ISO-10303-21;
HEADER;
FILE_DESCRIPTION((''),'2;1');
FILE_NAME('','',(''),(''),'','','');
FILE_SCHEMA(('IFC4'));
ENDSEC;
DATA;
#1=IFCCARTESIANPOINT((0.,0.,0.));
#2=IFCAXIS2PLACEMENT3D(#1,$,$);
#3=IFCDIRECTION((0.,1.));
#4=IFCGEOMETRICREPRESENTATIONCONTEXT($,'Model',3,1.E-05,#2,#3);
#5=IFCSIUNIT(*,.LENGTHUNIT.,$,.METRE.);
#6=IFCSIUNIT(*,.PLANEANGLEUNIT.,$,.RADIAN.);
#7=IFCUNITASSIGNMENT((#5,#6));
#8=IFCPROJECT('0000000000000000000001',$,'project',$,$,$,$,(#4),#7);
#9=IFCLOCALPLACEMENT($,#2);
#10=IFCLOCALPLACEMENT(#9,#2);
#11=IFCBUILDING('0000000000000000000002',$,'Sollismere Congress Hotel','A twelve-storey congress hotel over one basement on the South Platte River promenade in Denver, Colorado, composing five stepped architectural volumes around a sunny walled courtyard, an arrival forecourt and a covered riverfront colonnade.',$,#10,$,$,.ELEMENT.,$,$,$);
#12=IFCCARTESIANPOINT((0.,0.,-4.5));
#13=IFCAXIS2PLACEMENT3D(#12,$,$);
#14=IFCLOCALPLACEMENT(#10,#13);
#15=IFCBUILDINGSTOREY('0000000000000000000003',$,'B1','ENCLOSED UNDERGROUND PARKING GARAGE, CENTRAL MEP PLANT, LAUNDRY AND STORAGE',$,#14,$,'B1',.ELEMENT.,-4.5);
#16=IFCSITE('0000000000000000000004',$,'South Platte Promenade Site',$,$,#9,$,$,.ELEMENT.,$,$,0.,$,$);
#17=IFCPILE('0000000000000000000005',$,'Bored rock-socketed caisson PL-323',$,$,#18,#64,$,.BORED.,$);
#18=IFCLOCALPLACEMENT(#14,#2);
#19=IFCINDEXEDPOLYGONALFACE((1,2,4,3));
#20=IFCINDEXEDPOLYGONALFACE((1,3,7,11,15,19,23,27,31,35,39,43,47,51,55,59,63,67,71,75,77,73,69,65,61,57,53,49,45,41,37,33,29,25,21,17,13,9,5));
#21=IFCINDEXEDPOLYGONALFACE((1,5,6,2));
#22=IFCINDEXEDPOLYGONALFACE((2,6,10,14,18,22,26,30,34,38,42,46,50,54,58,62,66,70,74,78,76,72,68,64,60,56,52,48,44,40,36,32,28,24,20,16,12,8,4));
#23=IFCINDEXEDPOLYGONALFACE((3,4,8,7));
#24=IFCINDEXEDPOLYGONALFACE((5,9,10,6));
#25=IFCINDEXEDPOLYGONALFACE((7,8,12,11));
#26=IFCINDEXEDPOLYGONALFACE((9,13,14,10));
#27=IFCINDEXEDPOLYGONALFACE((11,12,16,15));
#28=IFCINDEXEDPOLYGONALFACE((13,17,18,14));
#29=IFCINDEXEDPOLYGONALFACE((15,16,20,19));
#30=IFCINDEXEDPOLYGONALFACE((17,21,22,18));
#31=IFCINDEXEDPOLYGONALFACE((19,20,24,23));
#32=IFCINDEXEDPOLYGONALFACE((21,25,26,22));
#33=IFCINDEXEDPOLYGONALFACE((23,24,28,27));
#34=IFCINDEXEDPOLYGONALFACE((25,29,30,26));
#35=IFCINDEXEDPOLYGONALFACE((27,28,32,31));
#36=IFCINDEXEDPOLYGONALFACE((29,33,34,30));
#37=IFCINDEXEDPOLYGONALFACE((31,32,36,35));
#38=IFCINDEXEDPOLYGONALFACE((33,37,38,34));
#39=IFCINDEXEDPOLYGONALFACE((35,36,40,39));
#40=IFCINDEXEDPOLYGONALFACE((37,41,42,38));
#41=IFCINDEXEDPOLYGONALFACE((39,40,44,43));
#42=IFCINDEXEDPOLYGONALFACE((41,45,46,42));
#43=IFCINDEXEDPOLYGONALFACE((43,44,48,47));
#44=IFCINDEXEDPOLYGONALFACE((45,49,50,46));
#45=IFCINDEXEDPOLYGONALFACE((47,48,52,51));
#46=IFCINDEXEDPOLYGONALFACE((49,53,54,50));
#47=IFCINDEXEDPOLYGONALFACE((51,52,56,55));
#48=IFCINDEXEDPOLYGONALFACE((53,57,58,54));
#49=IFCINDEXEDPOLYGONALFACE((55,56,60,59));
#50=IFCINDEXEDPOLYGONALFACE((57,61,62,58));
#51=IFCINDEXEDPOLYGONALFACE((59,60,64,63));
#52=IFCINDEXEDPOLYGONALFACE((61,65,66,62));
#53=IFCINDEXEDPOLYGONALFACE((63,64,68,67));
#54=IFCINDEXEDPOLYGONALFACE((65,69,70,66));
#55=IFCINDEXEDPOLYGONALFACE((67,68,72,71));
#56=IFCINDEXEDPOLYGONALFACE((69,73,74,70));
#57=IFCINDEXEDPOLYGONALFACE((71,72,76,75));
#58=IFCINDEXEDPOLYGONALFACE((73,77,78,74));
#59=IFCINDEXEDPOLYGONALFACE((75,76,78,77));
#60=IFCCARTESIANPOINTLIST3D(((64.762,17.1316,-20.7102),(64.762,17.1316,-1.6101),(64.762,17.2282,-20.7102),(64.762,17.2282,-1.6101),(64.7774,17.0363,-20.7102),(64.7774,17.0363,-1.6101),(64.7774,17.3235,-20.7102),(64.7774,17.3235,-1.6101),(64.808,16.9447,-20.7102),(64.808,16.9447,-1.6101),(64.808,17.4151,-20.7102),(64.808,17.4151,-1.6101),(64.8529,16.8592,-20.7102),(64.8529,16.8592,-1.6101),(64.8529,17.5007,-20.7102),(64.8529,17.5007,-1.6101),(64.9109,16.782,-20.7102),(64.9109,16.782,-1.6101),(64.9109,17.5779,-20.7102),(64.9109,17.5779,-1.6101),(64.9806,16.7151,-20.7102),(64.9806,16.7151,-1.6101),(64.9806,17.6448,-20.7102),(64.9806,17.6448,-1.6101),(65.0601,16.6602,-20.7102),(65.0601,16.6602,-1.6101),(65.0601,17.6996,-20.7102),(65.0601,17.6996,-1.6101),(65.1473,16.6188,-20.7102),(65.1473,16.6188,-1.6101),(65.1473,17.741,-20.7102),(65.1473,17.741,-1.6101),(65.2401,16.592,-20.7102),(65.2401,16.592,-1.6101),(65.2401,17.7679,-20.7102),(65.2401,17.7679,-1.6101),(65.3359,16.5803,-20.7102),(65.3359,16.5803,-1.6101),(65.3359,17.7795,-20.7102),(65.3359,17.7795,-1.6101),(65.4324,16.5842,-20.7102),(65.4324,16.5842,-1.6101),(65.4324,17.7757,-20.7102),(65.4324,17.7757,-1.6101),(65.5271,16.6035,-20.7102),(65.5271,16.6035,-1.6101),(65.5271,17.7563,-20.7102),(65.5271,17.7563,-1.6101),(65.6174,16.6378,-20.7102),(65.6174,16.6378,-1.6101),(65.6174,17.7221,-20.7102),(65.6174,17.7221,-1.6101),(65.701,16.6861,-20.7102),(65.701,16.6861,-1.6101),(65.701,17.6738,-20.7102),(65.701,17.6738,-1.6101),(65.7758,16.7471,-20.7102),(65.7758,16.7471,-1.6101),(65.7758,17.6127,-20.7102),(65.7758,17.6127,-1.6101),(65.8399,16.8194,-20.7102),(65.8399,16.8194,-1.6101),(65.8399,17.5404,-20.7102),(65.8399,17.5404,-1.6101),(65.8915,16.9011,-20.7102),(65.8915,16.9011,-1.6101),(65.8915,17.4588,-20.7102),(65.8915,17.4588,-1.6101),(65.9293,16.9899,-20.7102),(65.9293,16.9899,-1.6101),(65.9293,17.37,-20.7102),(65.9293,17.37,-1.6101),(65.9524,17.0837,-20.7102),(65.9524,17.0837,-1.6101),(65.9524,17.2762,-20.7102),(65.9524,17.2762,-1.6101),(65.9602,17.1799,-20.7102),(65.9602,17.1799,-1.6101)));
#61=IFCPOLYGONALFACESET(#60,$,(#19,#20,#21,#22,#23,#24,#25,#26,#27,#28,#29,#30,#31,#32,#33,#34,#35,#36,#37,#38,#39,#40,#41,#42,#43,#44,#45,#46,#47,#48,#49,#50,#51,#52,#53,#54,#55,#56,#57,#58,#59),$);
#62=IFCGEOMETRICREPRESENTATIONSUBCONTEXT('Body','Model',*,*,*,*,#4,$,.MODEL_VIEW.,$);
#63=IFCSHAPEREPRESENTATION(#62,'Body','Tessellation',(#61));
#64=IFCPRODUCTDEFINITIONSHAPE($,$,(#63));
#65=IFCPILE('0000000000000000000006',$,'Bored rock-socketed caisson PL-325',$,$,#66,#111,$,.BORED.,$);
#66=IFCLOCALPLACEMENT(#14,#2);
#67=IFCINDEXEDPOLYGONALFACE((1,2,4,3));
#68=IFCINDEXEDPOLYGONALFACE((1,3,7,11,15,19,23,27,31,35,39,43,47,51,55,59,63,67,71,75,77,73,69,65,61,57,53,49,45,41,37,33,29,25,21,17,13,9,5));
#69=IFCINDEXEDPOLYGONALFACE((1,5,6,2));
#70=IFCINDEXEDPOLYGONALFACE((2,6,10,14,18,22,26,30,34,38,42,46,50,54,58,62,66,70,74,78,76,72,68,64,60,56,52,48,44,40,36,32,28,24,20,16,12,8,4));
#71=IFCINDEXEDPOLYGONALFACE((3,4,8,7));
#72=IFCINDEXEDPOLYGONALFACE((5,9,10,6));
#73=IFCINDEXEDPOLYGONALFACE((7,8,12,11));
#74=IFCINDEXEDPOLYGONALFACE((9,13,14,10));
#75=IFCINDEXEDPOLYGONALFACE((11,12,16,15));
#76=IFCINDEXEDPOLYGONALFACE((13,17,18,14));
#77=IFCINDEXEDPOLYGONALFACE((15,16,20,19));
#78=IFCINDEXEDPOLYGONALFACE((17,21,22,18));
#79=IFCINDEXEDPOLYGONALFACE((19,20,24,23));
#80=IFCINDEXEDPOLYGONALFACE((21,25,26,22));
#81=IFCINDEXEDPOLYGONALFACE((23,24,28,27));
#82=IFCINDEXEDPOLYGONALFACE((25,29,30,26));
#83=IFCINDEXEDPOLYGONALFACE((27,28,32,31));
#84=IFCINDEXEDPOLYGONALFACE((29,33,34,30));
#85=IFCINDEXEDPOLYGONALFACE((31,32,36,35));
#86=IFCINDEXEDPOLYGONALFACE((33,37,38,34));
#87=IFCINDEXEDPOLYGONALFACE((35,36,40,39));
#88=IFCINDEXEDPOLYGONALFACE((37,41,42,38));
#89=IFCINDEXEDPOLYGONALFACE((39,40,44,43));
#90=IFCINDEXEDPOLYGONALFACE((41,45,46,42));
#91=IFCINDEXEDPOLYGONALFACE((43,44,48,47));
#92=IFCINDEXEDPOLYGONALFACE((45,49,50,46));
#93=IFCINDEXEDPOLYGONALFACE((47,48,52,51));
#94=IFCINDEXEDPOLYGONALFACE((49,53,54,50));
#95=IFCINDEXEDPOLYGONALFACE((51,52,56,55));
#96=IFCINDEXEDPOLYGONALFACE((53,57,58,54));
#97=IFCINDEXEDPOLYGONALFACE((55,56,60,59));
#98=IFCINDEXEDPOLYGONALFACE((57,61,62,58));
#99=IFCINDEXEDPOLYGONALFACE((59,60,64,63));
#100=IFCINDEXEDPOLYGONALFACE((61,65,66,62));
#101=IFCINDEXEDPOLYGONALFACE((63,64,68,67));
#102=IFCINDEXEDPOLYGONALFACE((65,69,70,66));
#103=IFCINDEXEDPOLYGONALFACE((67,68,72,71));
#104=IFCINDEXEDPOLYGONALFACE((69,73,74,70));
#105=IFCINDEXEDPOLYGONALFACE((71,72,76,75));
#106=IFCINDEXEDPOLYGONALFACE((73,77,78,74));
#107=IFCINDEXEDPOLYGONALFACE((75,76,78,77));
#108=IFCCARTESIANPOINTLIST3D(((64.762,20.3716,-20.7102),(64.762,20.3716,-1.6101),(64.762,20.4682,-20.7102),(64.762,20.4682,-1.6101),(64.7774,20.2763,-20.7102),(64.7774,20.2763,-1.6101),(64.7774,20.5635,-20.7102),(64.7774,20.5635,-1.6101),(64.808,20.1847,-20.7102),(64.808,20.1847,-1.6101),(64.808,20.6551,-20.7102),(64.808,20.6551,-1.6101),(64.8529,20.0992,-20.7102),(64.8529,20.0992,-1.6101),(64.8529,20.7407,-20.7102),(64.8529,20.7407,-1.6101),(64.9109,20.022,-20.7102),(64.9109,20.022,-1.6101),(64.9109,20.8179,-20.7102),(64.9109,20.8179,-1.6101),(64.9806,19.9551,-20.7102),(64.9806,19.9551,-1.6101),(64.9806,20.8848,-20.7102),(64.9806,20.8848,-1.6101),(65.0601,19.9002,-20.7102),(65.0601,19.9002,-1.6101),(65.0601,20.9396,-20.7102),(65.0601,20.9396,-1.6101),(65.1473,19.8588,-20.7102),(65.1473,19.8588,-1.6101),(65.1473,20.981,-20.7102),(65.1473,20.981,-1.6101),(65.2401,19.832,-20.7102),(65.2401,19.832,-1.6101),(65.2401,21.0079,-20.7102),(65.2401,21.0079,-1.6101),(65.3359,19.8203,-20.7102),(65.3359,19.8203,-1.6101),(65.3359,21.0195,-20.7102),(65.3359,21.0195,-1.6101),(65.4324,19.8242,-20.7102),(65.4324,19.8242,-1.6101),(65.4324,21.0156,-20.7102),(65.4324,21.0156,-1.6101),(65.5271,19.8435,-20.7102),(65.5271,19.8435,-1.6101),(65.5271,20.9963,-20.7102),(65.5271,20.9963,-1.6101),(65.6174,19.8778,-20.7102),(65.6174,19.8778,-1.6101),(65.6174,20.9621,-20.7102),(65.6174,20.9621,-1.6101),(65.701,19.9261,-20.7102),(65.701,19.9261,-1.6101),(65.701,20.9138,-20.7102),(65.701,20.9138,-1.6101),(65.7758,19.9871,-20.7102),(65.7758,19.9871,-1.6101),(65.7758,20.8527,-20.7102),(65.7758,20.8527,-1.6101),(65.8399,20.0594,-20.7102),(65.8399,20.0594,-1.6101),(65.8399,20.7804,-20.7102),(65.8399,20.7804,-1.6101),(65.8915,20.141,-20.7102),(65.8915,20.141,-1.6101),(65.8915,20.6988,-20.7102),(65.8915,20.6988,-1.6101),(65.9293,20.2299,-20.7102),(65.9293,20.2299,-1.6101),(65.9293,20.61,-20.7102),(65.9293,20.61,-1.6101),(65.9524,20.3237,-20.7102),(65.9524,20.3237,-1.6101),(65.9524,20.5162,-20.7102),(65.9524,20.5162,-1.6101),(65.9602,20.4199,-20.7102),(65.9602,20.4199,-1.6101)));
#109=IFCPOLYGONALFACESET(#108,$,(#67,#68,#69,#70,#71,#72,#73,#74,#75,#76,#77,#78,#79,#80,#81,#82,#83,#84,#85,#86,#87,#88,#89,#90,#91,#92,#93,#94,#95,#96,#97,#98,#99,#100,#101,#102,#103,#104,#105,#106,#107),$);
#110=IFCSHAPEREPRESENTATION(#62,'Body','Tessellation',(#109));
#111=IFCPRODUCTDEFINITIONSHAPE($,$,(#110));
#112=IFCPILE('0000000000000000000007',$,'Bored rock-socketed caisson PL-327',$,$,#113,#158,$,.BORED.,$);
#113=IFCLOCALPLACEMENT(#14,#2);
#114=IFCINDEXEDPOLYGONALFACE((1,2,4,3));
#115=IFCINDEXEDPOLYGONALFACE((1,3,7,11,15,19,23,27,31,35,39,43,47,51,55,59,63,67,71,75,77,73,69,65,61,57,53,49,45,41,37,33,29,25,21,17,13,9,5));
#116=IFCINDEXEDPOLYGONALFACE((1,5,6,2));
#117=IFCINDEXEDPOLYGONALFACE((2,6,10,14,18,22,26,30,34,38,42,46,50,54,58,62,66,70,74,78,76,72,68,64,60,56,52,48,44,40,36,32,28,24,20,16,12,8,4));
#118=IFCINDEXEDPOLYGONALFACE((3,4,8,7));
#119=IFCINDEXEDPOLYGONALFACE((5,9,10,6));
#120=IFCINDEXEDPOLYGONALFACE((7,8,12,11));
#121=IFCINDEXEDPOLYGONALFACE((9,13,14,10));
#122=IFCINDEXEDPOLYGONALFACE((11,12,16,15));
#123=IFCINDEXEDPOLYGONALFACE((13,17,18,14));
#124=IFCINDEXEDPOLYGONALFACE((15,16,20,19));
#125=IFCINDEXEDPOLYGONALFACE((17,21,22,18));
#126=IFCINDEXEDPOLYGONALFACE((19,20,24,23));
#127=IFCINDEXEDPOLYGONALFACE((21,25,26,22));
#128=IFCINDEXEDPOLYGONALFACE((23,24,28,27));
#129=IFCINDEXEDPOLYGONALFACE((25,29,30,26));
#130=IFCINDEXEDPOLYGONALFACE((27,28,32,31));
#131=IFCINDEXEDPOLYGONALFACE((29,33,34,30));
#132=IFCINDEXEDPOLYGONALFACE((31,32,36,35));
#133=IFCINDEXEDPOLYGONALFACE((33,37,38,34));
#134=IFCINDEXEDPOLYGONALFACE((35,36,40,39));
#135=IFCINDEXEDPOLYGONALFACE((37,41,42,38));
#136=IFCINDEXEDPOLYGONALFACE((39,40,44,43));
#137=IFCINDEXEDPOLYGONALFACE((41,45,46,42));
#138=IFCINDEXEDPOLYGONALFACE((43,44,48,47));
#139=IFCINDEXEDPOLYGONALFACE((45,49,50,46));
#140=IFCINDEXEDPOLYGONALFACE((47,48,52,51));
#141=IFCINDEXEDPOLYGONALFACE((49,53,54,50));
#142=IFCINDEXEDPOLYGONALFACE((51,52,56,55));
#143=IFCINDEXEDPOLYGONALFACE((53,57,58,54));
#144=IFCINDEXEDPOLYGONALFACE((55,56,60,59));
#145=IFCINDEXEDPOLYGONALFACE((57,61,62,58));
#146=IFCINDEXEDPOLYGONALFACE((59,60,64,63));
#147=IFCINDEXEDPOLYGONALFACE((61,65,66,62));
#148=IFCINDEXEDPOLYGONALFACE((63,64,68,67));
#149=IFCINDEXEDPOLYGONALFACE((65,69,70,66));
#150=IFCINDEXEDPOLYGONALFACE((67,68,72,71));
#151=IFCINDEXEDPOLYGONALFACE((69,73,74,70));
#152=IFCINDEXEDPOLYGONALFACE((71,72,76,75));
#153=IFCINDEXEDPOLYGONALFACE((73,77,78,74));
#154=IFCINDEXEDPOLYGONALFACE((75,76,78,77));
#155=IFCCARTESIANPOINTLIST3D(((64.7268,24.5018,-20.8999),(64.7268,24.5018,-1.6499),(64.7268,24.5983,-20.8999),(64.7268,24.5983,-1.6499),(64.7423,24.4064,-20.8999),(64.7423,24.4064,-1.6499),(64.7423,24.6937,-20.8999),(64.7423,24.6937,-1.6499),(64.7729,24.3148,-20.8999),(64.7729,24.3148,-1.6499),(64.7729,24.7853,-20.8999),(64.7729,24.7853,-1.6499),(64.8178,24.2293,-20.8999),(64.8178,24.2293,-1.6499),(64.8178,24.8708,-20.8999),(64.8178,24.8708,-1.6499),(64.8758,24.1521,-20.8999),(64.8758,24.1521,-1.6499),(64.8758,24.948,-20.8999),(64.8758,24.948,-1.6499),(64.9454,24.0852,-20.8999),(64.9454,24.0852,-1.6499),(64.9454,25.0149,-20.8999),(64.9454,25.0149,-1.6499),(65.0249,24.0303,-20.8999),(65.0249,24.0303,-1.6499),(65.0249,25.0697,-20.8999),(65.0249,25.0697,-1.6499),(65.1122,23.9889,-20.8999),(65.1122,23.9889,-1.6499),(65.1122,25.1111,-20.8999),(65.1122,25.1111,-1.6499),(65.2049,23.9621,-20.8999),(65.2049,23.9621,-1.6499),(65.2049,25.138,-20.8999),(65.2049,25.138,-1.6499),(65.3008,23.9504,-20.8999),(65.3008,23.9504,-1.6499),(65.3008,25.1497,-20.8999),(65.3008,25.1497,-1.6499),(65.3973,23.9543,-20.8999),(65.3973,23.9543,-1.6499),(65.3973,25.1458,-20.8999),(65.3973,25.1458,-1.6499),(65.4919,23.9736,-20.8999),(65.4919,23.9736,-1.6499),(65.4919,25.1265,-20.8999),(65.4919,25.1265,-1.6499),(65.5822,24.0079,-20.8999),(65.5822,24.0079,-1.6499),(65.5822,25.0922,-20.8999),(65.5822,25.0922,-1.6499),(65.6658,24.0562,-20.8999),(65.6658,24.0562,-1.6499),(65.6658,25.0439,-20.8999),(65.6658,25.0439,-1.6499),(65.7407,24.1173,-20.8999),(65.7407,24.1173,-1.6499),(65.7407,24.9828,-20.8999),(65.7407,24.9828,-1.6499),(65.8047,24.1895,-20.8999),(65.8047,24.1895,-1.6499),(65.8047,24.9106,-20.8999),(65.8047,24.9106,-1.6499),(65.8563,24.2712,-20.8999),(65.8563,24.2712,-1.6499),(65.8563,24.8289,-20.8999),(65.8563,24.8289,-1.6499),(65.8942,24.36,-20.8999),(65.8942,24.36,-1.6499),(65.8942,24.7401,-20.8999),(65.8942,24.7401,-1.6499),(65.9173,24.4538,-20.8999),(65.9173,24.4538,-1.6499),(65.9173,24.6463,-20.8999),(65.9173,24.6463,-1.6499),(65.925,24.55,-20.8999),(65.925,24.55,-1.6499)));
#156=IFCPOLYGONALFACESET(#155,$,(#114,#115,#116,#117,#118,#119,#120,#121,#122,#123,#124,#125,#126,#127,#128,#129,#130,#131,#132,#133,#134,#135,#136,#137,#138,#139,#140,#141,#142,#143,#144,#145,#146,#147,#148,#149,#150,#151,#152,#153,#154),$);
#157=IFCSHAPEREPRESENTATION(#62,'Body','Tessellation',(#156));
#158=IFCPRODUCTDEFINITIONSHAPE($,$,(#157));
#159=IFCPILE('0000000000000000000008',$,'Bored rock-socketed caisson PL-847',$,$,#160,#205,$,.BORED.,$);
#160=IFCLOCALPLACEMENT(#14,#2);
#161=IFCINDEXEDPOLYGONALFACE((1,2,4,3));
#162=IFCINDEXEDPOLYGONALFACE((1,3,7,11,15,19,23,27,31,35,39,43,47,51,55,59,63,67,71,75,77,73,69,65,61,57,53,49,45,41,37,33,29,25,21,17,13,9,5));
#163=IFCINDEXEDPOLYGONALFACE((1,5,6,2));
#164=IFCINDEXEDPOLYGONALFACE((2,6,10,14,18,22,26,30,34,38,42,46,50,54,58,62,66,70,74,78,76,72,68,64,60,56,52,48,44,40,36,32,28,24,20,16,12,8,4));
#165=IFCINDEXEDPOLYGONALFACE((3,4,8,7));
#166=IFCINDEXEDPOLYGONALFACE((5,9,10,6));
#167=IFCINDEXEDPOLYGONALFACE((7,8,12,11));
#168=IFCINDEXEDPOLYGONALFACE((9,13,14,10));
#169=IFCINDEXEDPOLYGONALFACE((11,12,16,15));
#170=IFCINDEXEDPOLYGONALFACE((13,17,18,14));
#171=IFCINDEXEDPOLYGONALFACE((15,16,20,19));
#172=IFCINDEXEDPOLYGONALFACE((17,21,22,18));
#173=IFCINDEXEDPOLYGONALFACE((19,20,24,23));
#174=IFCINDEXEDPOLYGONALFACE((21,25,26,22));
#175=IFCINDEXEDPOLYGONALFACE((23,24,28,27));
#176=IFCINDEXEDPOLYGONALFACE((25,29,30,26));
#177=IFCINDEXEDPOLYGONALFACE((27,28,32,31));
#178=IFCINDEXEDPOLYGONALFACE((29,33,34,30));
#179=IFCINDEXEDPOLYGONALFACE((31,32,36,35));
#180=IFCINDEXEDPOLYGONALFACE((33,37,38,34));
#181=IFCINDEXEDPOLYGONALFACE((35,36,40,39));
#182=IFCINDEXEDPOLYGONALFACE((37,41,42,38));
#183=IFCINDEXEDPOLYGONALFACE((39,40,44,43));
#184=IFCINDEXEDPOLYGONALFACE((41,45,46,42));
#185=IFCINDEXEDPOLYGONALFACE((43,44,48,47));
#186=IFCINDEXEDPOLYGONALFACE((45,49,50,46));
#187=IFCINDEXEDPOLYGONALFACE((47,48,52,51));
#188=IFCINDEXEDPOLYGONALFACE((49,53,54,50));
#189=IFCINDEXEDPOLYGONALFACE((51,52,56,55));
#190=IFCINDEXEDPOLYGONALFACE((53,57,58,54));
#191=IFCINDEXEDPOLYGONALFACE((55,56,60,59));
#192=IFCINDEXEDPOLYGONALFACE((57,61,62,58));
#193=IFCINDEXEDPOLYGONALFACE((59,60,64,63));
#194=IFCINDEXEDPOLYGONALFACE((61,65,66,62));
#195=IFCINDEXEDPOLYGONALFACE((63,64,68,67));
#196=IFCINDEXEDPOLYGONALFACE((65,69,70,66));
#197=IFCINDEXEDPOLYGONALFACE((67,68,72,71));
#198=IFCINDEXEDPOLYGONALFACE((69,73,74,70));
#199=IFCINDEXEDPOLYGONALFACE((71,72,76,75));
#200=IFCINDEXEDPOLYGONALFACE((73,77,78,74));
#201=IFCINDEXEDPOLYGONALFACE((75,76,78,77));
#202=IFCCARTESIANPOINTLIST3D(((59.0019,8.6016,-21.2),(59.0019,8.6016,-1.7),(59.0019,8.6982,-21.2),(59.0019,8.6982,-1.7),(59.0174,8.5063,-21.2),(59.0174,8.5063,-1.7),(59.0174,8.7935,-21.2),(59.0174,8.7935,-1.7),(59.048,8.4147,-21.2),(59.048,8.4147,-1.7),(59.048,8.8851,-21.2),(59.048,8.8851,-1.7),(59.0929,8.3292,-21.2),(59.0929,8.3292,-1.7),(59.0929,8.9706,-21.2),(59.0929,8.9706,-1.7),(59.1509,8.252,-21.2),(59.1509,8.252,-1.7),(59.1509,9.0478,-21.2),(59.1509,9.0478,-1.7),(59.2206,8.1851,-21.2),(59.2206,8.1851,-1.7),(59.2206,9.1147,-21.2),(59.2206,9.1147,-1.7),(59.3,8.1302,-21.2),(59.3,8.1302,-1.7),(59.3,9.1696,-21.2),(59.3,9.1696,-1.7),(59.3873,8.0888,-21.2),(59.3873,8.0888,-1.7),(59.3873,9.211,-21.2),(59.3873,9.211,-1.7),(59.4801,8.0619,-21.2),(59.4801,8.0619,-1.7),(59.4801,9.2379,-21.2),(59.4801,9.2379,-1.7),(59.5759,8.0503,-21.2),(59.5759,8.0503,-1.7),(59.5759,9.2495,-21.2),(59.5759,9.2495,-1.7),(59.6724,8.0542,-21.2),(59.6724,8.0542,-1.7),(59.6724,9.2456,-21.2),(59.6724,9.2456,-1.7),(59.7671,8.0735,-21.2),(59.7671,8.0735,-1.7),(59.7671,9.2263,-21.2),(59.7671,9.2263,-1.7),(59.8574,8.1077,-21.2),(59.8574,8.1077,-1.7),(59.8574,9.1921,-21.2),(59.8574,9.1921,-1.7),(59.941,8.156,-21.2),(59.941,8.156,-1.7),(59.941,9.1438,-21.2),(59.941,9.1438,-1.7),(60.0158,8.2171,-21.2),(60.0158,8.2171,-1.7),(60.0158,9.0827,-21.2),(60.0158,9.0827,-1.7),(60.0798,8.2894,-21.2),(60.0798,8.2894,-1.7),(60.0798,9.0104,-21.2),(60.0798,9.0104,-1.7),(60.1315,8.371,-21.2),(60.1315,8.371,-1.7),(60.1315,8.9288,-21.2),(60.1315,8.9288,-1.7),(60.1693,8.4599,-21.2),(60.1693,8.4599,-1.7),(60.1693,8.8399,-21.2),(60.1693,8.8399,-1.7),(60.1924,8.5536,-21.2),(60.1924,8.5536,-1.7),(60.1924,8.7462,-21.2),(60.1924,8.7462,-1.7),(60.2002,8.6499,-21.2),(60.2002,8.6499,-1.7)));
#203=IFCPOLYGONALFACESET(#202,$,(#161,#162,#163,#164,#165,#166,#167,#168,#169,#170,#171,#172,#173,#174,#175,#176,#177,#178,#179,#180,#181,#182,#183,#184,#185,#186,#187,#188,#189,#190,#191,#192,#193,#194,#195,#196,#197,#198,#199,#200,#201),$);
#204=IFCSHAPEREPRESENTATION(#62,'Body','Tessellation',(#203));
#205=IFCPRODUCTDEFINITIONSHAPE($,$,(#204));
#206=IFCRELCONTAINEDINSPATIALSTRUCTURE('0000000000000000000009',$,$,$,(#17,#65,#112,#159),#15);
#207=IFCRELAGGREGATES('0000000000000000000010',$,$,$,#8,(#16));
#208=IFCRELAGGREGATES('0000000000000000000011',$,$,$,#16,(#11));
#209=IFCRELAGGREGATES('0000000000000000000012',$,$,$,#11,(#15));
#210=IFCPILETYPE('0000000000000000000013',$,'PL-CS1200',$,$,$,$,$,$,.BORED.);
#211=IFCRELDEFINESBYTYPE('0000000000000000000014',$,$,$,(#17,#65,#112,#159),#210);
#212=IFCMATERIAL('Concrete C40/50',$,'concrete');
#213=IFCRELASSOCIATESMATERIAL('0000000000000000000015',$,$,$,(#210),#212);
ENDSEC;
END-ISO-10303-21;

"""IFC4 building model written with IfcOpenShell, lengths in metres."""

from ifc_helpers import new_model, si_unit, direction, frame, origin, origin_2d, place, context, subcontext, project, spatial, circle, extrude, material, material_profile, profile_set, type_object, element, save


model = new_model("IFC4")

# Units and contexts
model_context = context("Model", 3, precision=1e-05, world=origin(), true_north=direction((0.0, 1.0)))
body_context = subcontext(model_context, "Body", "Model", "MODEL_VIEW")
ifc_project = project(units=[si_unit("LENGTHUNIT", "METRE"), si_unit("PLANEANGLEUNIT", "RADIAN")], contexts=[model_context])

# Site, building, storey
site_placement = place(None, origin())
site = spatial("IfcSite", under=ifc_project, at=site_placement, Name="South Platte Promenade Site", CompositionType="ELEMENT", RefElevation=0.0)
building_placement = place(site_placement, origin())
building = spatial("IfcBuilding", under=site, at=building_placement, Name="Sollismere Congress Hotel", Description="A twelve-storey congress hotel over one basement on the South Platte River promenade in Denver, Colorado, composing five stepped architectural volumes around a sunny walled courtyard, an arrival forecourt and a covered riverfront colonnade.", CompositionType="ELEMENT")
storey_placement = place(building_placement, frame((0.0, 0.0, -4.5)))
storey = spatial("IfcBuildingStorey", under=building, at=storey_placement, Name="B1", Description="ENCLOSED UNDERGROUND PARKING GARAGE, CENTRAL MEP PLANT, LAUNDRY AND STORAGE", LongName="B1", CompositionType="ELEMENT", Elevation=-4.5)

# Shared definitions
ifc_material_1 = material(Name="Concrete C40/50", Category="concrete")

# Piles
ifc_material_profile_1 = material_profile(ifc_material_1, circle(Radius=0.6001, at=origin_2d()), Name="CAISSON1200")
ifc_profile_set_1 = profile_set([ifc_material_profile_1], Name="Concrete C40/50")
pile_type = type_object("IfcPileType", Name="PL-CS1200", PredefinedType="BORED", material=ifc_profile_set_1)
for number, where, z_axis, x_axis, name in (
    (1, (65.3601, 17.1799, -1.6101), (0.0, 0.0, -1.0), (1.0, 0.0, 0.0), "Bored rock-socketed caisson PL-323"),
    (2, (65.3601, 20.4199, -1.6101), (0.0, 0.0, -1.0), (1.0, 0.0, 0.0), "Bored rock-socketed caisson PL-325"),
):
    element("IfcPile", number, at=place(storey_placement, frame(where, z_axis=z_axis, x_axis=x_axis)), inside=storey, type_object=pile_type, Name=name, PredefinedType="BORED", context=body_context, shape_type="SweptSolid", body=[
        extrude(circle(Radius=0.6001, at=origin_2d()), origin(), (0.0, 0.0, 1.0), 19.1001),
    ])
pile_1_placement = place(storey_placement, frame((65.325, 24.55, -1.6499), z_axis=(0.0, 0.0, -1.0), x_axis=(1.0, 0.0, 0.0)))
element("IfcPile", 3, at=pile_1_placement, inside=storey, type_object=pile_type, Name="Bored rock-socketed caisson PL-327", PredefinedType="BORED", context=body_context, shape_type="SweptSolid", body=[
    extrude(circle(Radius=0.6001, at=origin_2d()), origin(), (0.0, 0.0, 1.0), 19.25),
])
for number, where, z_axis, x_axis, name in (
    (4, (59.6001, 8.6499, -1.7), (0.0, 0.0, -1.0), (1.0, 0.0, 0.0), "Bored rock-socketed caisson PL-847"),
):
    element("IfcPile", number, at=place(storey_placement, frame(where, z_axis=z_axis, x_axis=x_axis)), inside=storey, type_object=pile_type, Name=name, PredefinedType="BORED", context=body_context, shape_type="SweptSolid", body=[
        extrude(circle(Radius=0.6001, at=origin_2d()), origin(), (0.0, 0.0, 1.0), 19.5),
    ])

save(model, "model.ifc")
